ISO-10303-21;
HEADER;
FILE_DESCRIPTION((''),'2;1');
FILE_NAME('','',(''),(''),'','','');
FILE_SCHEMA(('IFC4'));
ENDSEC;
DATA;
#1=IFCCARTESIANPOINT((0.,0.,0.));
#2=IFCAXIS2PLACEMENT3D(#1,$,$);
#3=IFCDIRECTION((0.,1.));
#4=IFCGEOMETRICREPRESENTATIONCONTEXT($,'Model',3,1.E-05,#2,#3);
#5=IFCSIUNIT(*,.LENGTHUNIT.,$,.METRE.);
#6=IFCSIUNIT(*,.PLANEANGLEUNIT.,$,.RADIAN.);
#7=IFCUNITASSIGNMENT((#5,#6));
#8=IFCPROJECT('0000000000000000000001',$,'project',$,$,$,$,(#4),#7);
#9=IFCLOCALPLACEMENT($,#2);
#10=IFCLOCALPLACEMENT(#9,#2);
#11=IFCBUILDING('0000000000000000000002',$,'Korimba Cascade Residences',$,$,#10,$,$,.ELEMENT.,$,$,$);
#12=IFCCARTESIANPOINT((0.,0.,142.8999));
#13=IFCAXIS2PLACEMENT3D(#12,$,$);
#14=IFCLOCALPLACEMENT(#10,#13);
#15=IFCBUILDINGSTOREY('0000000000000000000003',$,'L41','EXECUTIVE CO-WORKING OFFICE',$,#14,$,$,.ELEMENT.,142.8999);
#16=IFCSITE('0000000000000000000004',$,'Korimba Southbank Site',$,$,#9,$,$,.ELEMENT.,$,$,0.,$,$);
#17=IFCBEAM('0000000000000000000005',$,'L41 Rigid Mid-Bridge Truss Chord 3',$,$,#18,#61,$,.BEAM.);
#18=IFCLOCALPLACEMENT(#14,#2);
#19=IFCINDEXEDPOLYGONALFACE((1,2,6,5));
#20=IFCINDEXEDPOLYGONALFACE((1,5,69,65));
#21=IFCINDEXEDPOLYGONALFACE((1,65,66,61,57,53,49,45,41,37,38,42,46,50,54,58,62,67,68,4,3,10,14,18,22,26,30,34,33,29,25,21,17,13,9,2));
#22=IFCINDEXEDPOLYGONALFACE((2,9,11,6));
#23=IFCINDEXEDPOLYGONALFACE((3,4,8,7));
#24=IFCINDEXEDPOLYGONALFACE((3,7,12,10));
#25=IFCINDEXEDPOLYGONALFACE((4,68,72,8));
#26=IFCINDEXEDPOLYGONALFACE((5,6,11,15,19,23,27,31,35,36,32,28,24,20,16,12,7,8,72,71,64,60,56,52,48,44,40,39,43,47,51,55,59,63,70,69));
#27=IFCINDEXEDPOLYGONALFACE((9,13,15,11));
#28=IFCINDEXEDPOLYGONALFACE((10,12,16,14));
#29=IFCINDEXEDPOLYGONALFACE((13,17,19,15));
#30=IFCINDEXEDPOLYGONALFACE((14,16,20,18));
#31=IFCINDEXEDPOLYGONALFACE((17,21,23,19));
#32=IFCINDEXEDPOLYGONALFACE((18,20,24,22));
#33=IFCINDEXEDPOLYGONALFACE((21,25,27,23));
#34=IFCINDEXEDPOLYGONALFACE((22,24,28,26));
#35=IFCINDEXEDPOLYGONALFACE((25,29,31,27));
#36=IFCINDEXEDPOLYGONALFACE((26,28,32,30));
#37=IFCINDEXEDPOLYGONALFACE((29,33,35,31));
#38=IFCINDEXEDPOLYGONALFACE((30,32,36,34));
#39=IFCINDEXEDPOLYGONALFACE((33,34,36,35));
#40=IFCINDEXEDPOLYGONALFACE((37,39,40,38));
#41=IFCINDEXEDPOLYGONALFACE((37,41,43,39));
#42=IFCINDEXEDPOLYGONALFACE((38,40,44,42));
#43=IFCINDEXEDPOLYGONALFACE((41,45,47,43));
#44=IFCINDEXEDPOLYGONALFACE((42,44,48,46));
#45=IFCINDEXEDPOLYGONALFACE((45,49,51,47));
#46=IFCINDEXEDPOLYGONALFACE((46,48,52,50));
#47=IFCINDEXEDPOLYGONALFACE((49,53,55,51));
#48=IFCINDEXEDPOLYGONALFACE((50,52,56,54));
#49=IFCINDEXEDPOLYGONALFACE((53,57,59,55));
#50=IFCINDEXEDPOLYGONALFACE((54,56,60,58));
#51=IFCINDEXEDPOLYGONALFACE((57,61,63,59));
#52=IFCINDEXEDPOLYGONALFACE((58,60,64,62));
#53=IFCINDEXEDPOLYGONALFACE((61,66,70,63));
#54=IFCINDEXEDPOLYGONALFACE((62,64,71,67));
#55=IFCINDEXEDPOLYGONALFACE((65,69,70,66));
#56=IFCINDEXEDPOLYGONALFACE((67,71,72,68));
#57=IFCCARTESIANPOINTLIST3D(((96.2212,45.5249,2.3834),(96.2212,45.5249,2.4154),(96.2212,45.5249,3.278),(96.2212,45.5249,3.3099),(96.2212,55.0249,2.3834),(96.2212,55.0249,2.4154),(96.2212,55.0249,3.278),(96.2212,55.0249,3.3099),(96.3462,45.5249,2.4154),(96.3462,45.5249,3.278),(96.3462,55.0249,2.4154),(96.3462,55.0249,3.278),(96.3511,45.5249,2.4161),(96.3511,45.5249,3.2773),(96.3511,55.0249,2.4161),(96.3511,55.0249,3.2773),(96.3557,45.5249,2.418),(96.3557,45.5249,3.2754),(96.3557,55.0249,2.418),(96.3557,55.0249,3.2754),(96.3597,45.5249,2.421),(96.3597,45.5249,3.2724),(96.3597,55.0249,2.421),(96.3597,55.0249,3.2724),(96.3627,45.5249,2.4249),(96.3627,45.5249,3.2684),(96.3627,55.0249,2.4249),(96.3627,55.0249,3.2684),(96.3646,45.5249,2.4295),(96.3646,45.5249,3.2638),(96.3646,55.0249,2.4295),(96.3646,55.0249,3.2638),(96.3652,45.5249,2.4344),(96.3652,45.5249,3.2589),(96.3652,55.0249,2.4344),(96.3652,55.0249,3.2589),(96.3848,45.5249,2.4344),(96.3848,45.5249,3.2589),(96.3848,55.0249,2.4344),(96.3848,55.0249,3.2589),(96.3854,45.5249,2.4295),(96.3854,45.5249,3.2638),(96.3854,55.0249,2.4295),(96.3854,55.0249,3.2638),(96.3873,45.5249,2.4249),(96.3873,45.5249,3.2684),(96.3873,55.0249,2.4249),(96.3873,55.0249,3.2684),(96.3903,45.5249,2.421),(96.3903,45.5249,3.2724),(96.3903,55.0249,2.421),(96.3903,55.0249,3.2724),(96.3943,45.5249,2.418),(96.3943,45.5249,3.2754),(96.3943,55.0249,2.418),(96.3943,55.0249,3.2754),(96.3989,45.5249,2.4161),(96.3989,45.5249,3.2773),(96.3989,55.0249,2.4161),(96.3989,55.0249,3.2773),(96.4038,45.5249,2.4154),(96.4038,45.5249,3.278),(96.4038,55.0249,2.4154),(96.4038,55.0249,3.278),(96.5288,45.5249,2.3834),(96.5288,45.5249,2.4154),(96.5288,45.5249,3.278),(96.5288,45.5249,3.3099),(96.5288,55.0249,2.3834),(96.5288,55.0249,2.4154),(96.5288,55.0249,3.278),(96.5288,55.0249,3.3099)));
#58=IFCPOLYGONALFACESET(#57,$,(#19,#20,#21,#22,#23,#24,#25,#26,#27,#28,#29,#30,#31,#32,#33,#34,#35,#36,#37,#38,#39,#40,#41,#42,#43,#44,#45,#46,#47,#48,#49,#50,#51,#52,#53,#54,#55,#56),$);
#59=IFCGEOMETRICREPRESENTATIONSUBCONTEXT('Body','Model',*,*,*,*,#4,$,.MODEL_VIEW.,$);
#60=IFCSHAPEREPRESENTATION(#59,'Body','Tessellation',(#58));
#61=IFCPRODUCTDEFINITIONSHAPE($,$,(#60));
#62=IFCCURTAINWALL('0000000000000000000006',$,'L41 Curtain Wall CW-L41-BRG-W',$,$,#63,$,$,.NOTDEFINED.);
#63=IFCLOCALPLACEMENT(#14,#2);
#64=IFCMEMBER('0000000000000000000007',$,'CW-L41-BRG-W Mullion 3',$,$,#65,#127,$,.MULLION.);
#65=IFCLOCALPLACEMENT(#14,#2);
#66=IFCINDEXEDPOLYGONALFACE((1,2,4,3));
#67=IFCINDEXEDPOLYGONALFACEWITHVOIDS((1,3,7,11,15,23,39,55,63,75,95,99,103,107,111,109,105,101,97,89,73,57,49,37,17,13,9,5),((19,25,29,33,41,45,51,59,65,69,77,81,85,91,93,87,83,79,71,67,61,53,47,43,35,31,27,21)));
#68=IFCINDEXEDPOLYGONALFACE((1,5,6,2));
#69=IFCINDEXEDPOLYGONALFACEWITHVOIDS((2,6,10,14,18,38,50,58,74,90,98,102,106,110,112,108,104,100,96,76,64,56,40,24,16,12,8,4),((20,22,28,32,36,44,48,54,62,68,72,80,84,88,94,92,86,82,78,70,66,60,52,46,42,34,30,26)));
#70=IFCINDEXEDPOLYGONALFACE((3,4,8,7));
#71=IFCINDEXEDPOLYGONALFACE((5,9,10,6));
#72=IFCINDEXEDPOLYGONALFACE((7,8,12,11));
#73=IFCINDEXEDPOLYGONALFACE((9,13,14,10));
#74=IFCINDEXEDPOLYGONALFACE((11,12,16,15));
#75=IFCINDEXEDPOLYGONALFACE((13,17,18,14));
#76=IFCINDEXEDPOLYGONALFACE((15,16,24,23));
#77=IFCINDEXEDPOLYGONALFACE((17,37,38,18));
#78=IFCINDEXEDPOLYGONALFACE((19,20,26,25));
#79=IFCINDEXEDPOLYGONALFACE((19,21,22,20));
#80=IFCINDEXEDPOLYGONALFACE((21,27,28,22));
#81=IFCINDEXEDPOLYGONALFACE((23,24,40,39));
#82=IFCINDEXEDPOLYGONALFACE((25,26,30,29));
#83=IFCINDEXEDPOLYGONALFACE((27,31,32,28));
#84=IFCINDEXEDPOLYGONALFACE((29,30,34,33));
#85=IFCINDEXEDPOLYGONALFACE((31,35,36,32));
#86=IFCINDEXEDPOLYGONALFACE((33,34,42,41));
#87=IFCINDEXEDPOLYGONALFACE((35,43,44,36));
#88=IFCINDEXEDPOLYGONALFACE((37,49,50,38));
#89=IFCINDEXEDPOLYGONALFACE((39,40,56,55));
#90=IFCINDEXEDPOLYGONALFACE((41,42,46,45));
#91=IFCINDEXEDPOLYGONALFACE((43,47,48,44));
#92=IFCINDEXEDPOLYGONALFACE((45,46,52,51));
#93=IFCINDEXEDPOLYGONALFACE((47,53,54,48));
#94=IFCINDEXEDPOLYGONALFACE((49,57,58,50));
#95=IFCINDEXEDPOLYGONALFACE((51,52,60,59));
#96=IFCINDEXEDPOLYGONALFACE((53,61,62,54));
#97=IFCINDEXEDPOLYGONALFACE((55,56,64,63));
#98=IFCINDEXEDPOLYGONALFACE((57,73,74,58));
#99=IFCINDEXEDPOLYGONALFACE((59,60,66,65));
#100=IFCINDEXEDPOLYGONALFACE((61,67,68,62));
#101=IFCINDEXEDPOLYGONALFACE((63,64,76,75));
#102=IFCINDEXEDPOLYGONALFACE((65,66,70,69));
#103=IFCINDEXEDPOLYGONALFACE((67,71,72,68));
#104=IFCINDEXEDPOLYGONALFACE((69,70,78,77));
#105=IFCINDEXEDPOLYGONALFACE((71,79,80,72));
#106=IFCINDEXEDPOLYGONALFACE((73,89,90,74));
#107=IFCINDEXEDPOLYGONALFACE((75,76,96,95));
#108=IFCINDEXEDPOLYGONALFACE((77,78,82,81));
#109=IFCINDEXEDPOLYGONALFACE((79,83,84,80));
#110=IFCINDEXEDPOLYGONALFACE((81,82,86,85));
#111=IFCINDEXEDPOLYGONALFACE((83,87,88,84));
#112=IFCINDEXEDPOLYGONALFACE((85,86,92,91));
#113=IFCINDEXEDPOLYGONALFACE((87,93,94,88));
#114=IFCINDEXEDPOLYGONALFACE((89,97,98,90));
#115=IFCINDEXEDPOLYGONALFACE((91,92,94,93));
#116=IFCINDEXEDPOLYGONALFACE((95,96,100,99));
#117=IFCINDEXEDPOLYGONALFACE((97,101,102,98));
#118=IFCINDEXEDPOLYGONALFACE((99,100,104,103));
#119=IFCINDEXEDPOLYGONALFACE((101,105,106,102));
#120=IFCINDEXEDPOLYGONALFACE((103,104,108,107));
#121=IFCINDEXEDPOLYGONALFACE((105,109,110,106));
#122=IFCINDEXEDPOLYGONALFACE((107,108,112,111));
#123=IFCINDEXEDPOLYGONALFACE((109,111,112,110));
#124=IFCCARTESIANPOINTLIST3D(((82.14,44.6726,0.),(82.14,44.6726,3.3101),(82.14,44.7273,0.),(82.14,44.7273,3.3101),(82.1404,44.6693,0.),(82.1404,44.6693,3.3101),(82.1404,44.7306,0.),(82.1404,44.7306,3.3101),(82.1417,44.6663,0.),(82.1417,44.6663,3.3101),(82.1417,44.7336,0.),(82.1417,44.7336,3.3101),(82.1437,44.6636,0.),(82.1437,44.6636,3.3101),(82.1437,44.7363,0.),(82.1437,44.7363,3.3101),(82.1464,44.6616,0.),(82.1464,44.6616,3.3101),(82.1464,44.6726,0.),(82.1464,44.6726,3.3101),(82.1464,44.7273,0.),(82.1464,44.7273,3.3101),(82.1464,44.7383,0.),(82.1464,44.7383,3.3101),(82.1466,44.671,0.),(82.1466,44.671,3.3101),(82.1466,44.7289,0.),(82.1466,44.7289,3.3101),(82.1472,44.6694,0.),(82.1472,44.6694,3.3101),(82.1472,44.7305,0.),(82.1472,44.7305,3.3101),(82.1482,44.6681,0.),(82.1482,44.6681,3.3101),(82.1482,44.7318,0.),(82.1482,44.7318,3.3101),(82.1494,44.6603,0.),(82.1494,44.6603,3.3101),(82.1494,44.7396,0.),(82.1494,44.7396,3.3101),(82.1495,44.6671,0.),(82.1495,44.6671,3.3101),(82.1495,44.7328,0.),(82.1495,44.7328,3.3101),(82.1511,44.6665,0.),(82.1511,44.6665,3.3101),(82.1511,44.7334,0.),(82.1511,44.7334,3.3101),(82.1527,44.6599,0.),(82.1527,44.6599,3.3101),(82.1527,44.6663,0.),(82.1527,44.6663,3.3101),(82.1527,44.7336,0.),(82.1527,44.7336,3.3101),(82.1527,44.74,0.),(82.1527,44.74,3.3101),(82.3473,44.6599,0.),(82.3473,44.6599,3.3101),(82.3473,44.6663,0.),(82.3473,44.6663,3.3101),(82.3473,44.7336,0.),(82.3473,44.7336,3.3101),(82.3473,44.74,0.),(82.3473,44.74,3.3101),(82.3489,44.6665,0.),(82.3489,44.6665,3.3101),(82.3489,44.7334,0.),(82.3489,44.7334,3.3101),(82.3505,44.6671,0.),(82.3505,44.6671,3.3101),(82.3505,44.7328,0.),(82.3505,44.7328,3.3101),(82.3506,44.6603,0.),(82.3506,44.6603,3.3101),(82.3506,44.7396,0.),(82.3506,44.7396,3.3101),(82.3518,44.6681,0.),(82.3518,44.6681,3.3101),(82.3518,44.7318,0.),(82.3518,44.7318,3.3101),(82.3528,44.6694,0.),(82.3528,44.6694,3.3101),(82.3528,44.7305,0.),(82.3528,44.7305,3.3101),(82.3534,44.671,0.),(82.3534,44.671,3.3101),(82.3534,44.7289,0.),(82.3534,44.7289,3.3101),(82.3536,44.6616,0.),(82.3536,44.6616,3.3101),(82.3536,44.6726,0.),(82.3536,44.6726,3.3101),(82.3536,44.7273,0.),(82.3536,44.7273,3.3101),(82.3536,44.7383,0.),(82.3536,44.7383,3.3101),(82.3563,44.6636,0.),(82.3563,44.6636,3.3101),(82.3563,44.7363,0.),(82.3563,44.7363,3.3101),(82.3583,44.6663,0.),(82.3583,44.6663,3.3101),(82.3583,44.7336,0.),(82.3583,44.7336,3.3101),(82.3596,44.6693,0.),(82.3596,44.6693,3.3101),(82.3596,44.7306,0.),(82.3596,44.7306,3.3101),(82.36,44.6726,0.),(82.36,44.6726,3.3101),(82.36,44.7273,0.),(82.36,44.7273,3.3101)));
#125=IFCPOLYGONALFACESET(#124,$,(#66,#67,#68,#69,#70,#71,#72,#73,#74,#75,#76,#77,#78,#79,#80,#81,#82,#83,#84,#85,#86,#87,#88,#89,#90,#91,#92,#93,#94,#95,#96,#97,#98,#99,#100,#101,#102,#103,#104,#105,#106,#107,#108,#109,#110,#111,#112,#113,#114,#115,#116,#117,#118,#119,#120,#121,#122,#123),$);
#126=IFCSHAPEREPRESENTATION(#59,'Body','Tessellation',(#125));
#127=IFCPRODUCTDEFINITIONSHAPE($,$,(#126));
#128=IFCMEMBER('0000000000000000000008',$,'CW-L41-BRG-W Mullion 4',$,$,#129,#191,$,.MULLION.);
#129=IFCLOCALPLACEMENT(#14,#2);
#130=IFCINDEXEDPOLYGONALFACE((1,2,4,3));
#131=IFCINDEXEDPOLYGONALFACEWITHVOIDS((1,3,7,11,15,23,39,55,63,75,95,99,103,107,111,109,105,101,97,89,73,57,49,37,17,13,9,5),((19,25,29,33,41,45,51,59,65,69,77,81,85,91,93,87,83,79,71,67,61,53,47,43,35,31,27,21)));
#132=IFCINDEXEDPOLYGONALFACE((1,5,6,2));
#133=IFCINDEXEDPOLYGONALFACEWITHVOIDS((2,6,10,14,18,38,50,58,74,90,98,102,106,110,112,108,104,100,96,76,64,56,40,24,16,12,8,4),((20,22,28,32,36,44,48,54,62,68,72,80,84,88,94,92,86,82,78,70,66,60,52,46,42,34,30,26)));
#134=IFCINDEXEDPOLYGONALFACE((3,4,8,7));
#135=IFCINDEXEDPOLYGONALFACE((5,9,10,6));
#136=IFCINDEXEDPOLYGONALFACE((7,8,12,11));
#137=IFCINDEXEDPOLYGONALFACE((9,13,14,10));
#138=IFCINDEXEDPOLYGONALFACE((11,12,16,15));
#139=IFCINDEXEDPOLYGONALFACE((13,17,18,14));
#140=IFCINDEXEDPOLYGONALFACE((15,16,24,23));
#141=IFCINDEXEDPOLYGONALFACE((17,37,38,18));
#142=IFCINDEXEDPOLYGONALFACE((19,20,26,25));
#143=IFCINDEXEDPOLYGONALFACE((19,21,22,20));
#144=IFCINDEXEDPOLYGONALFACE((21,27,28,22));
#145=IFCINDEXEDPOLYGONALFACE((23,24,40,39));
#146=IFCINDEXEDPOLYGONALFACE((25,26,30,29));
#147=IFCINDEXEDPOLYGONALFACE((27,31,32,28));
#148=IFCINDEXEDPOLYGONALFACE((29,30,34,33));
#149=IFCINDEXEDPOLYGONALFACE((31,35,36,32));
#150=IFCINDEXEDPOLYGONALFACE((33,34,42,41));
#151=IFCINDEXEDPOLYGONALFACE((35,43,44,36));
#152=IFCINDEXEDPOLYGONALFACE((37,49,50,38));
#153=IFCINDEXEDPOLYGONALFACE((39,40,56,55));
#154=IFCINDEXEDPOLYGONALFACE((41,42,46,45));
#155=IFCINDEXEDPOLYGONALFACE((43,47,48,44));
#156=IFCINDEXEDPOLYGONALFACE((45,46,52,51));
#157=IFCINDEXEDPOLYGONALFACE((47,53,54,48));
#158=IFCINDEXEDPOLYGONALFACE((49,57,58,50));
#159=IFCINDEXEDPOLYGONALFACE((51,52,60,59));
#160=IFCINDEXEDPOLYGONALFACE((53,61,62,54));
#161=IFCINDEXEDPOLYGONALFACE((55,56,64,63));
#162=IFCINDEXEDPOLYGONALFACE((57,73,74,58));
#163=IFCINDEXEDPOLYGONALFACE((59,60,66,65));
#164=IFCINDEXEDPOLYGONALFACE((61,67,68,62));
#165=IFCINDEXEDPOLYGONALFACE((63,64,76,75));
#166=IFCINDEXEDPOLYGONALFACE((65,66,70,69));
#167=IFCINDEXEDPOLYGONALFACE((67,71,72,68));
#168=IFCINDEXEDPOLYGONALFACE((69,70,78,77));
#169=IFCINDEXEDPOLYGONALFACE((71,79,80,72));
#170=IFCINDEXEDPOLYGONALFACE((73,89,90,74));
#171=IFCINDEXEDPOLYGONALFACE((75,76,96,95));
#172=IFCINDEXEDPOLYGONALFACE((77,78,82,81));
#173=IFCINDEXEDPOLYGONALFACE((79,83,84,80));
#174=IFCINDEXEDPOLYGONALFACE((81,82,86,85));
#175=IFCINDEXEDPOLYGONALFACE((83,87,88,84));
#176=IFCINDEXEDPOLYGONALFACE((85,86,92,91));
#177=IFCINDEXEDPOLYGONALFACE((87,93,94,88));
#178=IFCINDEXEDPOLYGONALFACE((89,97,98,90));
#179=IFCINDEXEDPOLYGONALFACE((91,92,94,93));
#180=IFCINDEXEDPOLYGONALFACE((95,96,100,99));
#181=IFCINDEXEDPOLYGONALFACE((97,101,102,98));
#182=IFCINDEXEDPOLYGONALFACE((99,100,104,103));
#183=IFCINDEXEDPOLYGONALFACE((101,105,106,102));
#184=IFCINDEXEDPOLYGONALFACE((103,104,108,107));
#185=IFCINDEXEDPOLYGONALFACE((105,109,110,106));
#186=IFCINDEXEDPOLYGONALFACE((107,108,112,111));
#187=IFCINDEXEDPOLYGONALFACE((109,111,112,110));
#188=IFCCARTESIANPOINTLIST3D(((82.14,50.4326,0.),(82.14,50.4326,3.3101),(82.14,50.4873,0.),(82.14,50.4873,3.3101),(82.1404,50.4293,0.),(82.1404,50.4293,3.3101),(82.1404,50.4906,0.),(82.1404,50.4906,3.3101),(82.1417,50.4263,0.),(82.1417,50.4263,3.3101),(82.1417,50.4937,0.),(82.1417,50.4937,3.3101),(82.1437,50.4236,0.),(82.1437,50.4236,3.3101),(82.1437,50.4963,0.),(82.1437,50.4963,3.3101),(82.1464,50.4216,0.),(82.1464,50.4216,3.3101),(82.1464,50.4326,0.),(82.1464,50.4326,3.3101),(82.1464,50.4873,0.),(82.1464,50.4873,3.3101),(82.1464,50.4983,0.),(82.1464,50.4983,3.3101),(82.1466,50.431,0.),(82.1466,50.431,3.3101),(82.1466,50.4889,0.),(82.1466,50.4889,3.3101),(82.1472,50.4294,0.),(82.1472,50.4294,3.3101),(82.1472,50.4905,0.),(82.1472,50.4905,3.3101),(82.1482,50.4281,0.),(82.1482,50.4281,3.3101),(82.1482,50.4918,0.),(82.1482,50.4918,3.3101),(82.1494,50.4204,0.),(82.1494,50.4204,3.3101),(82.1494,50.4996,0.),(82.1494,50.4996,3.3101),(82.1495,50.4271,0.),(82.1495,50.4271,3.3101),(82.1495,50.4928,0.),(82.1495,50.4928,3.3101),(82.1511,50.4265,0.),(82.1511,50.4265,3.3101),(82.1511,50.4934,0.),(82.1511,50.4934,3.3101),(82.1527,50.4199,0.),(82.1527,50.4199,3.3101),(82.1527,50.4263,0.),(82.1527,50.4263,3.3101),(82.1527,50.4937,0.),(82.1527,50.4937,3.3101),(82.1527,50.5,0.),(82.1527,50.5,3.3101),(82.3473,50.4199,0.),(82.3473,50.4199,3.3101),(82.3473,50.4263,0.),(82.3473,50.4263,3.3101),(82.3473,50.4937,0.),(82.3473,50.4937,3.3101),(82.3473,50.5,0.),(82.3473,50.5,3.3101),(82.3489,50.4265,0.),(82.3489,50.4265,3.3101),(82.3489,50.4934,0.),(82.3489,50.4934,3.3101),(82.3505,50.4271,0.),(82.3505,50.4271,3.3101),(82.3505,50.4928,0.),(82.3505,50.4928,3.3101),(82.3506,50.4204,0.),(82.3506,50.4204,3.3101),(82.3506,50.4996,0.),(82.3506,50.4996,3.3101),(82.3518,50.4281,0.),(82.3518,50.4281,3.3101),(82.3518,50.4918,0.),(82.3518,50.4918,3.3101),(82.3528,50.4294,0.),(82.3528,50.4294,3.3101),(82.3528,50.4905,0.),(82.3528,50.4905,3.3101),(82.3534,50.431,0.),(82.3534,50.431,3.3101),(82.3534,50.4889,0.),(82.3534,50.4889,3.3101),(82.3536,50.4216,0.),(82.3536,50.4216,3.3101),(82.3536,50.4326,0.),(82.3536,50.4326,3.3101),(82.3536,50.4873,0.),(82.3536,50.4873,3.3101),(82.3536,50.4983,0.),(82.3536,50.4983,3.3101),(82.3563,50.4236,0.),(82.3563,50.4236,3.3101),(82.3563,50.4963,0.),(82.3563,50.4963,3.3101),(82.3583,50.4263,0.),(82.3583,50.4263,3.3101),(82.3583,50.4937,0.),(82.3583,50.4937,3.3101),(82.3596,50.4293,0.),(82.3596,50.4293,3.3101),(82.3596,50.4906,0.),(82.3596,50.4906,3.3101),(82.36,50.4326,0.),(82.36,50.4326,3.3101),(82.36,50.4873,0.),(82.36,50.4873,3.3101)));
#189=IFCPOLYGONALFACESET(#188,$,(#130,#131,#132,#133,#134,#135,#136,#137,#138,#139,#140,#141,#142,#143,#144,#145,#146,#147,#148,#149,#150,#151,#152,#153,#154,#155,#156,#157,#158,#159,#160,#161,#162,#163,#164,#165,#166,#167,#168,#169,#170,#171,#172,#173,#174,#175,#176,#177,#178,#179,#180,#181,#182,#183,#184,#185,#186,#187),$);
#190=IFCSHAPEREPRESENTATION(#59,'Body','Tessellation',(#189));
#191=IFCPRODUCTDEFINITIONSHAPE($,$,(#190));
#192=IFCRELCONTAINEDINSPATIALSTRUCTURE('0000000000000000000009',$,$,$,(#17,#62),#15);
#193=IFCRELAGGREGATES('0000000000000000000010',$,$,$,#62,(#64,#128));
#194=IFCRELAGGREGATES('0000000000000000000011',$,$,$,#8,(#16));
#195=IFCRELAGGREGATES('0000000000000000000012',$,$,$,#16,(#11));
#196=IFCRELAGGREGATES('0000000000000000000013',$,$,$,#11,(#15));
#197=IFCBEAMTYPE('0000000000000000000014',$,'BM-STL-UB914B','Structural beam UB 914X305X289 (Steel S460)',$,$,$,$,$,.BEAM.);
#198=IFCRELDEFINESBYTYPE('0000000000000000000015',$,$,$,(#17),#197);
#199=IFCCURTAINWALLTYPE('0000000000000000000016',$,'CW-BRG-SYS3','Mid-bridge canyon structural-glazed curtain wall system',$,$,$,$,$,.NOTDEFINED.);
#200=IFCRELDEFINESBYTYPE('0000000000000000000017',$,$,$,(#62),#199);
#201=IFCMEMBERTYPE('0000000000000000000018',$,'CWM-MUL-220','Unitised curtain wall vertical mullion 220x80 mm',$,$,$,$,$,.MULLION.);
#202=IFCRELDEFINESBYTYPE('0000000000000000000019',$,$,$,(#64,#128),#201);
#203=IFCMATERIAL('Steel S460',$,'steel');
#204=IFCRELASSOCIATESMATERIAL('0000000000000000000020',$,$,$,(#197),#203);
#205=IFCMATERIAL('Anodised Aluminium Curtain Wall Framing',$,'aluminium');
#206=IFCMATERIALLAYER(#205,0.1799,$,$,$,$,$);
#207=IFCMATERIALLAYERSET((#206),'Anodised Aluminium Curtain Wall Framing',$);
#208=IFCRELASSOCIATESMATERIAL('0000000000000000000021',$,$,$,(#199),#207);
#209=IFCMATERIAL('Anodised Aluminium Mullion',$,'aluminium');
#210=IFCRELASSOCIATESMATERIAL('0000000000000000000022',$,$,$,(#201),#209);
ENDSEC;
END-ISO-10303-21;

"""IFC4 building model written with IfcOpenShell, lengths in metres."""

from ifc_helpers import new_model, si_unit, direction, frame, origin, origin_2d, place, context, subcontext, project, spatial, hollow_rectangle, i_section, extrude, material, layer, layer_set, material_profile, profile_set, type_object, element, aggregate, save


model = new_model("IFC4")

# Units and contexts
model_context = context("Model", 3, precision=1e-05, world=origin(), true_north=direction((0.0, 1.0)))
body_context = subcontext(model_context, "Body", "Model", "MODEL_VIEW")
ifc_project = project(units=[si_unit("LENGTHUNIT", "METRE"), si_unit("PLANEANGLEUNIT", "RADIAN")], contexts=[model_context])

# Site, building, storey
site_placement = place(None, origin())
site = spatial("IfcSite", under=ifc_project, at=site_placement, Name="Korimba Southbank Site", CompositionType="ELEMENT", RefElevation=0.0)
building_placement = place(site_placement, origin())
building = spatial("IfcBuilding", under=site, at=building_placement, Name="Korimba Cascade Residences", CompositionType="ELEMENT")
storey_placement = place(building_placement, frame((0.0, 0.0, 142.8999)))
storey = spatial("IfcBuildingStorey", under=building, at=storey_placement, Name="L41", Description="EXECUTIVE CO-WORKING OFFICE", CompositionType="ELEMENT", Elevation=142.8999)

# Beam
ifc_material_1 = material(Name="Steel S460", Category="steel")
ifc_material_profile_1 = material_profile(ifc_material_1, i_section(OverallWidth=0.3076, OverallDepth=0.9265, WebThickness=0.0195, FlangeThickness=0.032, FilletRadius=0.019, at=origin_2d()), Name="Steel S460")
ifc_profile_set_1 = profile_set([ifc_material_profile_1], Name="Steel S460")
beam_type_1 = type_object("IfcBeamType", Name="BM-STL-UB914B", Description="Structural beam UB 914X305X289 (Steel S460)", PredefinedType="BEAM", material=ifc_profile_set_1)
beam_1_placement = place(storey_placement, frame((96.375, 45.5249, 2.8467), z_axis=(0.0, 1.0, 0.0), x_axis=(-1.0, 0.0, 0.0)))
element("IfcBeam", 1, at=beam_1_placement, inside=storey, type_object=beam_type_1, Name="L41 Rigid Mid-Bridge Truss Chord 3", PredefinedType="BEAM", context=body_context, shape_type="SweptSolid", body=[
    extrude(i_section(OverallWidth=0.3076, OverallDepth=0.9265, WebThickness=0.0195, FlangeThickness=0.032, FilletRadius=0.019, at=origin_2d()), origin(), (0.0, 0.0, 1.0), 9.5),
])

# Curtain wall, members
ifc_material_2 = material(Name="Anodised Aluminium Curtain Wall Framing", Category="aluminium")
ifc_layer_1 = layer(ifc_material_2, 0.1799)
ifc_layer_set_1 = layer_set([ifc_layer_1], Name="Anodised Aluminium Curtain Wall Framing")
curtain_wall_type = type_object("IfcCurtainWallType", Name="CW-BRG-SYS3", Description="Mid-bridge canyon structural-glazed curtain wall system", PredefinedType="NOTDEFINED", material=ifc_layer_set_1)
curtain_wall_placement = place(storey_placement, origin())
curtain_wall = element("IfcCurtainWall", 2, at=curtain_wall_placement, inside=storey, type_object=curtain_wall_type, Name="L41 Curtain Wall CW-L41-BRG-W", PredefinedType="NOTDEFINED")
ifc_material_3 = material(Name="Anodised Aluminium Mullion", Category="aluminium")
ifc_material_profile_2 = material_profile(ifc_material_3, hollow_rectangle(XDim=0.0801, YDim=0.22, WallThickness=0.0063, InnerFilletRadius=0.0063, OuterFilletRadius=0.0127, at=origin_2d()), Name="Anodised Aluminium Mullion")
ifc_profile_set_2 = profile_set([ifc_material_profile_2], Name="Anodised Aluminium Mullion")
member_type_1 = type_object("IfcMemberType", Name="CWM-MUL-220", Description="Unitised curtain wall vertical mullion 220x80 mm", PredefinedType="MULLION", material=ifc_profile_set_2)
member_1_placement = place(storey_placement, frame((82.25, 44.7, 0.0), z_axis=(0.0, 0.0, 1.0), x_axis=(0.0, 1.0, 0.0)))
member_1 = element("IfcMember", 3, at=member_1_placement, type_object=member_type_1, Name="CW-L41-BRG-W Mullion 3", PredefinedType="MULLION", context=body_context, shape_type="SweptSolid", body=[
    extrude(hollow_rectangle(XDim=0.0801, YDim=0.22, WallThickness=0.0063, InnerFilletRadius=0.0063, OuterFilletRadius=0.0127, at=origin_2d()), origin(), (0.0, 0.0, 1.0), 3.3101),
])
member_2_placement = place(storey_placement, frame((82.25, 50.46, 0.0), z_axis=(0.0, 0.0, 1.0), x_axis=(0.0, 1.0, 0.0)))
member_2 = element("IfcMember", 4, at=member_2_placement, type_object=member_type_1, Name="CW-L41-BRG-W Mullion 4", PredefinedType="MULLION", context=body_context, shape_type="SweptSolid", body=[
    extrude(hollow_rectangle(XDim=0.0801, YDim=0.22, WallThickness=0.0063, InnerFilletRadius=0.0063, OuterFilletRadius=0.0127, at=origin_2d()), origin(), (0.0, 0.0, 1.0), 3.3101),
])
aggregate(curtain_wall, [member_1, member_2])

save(model, "model.ifc")
